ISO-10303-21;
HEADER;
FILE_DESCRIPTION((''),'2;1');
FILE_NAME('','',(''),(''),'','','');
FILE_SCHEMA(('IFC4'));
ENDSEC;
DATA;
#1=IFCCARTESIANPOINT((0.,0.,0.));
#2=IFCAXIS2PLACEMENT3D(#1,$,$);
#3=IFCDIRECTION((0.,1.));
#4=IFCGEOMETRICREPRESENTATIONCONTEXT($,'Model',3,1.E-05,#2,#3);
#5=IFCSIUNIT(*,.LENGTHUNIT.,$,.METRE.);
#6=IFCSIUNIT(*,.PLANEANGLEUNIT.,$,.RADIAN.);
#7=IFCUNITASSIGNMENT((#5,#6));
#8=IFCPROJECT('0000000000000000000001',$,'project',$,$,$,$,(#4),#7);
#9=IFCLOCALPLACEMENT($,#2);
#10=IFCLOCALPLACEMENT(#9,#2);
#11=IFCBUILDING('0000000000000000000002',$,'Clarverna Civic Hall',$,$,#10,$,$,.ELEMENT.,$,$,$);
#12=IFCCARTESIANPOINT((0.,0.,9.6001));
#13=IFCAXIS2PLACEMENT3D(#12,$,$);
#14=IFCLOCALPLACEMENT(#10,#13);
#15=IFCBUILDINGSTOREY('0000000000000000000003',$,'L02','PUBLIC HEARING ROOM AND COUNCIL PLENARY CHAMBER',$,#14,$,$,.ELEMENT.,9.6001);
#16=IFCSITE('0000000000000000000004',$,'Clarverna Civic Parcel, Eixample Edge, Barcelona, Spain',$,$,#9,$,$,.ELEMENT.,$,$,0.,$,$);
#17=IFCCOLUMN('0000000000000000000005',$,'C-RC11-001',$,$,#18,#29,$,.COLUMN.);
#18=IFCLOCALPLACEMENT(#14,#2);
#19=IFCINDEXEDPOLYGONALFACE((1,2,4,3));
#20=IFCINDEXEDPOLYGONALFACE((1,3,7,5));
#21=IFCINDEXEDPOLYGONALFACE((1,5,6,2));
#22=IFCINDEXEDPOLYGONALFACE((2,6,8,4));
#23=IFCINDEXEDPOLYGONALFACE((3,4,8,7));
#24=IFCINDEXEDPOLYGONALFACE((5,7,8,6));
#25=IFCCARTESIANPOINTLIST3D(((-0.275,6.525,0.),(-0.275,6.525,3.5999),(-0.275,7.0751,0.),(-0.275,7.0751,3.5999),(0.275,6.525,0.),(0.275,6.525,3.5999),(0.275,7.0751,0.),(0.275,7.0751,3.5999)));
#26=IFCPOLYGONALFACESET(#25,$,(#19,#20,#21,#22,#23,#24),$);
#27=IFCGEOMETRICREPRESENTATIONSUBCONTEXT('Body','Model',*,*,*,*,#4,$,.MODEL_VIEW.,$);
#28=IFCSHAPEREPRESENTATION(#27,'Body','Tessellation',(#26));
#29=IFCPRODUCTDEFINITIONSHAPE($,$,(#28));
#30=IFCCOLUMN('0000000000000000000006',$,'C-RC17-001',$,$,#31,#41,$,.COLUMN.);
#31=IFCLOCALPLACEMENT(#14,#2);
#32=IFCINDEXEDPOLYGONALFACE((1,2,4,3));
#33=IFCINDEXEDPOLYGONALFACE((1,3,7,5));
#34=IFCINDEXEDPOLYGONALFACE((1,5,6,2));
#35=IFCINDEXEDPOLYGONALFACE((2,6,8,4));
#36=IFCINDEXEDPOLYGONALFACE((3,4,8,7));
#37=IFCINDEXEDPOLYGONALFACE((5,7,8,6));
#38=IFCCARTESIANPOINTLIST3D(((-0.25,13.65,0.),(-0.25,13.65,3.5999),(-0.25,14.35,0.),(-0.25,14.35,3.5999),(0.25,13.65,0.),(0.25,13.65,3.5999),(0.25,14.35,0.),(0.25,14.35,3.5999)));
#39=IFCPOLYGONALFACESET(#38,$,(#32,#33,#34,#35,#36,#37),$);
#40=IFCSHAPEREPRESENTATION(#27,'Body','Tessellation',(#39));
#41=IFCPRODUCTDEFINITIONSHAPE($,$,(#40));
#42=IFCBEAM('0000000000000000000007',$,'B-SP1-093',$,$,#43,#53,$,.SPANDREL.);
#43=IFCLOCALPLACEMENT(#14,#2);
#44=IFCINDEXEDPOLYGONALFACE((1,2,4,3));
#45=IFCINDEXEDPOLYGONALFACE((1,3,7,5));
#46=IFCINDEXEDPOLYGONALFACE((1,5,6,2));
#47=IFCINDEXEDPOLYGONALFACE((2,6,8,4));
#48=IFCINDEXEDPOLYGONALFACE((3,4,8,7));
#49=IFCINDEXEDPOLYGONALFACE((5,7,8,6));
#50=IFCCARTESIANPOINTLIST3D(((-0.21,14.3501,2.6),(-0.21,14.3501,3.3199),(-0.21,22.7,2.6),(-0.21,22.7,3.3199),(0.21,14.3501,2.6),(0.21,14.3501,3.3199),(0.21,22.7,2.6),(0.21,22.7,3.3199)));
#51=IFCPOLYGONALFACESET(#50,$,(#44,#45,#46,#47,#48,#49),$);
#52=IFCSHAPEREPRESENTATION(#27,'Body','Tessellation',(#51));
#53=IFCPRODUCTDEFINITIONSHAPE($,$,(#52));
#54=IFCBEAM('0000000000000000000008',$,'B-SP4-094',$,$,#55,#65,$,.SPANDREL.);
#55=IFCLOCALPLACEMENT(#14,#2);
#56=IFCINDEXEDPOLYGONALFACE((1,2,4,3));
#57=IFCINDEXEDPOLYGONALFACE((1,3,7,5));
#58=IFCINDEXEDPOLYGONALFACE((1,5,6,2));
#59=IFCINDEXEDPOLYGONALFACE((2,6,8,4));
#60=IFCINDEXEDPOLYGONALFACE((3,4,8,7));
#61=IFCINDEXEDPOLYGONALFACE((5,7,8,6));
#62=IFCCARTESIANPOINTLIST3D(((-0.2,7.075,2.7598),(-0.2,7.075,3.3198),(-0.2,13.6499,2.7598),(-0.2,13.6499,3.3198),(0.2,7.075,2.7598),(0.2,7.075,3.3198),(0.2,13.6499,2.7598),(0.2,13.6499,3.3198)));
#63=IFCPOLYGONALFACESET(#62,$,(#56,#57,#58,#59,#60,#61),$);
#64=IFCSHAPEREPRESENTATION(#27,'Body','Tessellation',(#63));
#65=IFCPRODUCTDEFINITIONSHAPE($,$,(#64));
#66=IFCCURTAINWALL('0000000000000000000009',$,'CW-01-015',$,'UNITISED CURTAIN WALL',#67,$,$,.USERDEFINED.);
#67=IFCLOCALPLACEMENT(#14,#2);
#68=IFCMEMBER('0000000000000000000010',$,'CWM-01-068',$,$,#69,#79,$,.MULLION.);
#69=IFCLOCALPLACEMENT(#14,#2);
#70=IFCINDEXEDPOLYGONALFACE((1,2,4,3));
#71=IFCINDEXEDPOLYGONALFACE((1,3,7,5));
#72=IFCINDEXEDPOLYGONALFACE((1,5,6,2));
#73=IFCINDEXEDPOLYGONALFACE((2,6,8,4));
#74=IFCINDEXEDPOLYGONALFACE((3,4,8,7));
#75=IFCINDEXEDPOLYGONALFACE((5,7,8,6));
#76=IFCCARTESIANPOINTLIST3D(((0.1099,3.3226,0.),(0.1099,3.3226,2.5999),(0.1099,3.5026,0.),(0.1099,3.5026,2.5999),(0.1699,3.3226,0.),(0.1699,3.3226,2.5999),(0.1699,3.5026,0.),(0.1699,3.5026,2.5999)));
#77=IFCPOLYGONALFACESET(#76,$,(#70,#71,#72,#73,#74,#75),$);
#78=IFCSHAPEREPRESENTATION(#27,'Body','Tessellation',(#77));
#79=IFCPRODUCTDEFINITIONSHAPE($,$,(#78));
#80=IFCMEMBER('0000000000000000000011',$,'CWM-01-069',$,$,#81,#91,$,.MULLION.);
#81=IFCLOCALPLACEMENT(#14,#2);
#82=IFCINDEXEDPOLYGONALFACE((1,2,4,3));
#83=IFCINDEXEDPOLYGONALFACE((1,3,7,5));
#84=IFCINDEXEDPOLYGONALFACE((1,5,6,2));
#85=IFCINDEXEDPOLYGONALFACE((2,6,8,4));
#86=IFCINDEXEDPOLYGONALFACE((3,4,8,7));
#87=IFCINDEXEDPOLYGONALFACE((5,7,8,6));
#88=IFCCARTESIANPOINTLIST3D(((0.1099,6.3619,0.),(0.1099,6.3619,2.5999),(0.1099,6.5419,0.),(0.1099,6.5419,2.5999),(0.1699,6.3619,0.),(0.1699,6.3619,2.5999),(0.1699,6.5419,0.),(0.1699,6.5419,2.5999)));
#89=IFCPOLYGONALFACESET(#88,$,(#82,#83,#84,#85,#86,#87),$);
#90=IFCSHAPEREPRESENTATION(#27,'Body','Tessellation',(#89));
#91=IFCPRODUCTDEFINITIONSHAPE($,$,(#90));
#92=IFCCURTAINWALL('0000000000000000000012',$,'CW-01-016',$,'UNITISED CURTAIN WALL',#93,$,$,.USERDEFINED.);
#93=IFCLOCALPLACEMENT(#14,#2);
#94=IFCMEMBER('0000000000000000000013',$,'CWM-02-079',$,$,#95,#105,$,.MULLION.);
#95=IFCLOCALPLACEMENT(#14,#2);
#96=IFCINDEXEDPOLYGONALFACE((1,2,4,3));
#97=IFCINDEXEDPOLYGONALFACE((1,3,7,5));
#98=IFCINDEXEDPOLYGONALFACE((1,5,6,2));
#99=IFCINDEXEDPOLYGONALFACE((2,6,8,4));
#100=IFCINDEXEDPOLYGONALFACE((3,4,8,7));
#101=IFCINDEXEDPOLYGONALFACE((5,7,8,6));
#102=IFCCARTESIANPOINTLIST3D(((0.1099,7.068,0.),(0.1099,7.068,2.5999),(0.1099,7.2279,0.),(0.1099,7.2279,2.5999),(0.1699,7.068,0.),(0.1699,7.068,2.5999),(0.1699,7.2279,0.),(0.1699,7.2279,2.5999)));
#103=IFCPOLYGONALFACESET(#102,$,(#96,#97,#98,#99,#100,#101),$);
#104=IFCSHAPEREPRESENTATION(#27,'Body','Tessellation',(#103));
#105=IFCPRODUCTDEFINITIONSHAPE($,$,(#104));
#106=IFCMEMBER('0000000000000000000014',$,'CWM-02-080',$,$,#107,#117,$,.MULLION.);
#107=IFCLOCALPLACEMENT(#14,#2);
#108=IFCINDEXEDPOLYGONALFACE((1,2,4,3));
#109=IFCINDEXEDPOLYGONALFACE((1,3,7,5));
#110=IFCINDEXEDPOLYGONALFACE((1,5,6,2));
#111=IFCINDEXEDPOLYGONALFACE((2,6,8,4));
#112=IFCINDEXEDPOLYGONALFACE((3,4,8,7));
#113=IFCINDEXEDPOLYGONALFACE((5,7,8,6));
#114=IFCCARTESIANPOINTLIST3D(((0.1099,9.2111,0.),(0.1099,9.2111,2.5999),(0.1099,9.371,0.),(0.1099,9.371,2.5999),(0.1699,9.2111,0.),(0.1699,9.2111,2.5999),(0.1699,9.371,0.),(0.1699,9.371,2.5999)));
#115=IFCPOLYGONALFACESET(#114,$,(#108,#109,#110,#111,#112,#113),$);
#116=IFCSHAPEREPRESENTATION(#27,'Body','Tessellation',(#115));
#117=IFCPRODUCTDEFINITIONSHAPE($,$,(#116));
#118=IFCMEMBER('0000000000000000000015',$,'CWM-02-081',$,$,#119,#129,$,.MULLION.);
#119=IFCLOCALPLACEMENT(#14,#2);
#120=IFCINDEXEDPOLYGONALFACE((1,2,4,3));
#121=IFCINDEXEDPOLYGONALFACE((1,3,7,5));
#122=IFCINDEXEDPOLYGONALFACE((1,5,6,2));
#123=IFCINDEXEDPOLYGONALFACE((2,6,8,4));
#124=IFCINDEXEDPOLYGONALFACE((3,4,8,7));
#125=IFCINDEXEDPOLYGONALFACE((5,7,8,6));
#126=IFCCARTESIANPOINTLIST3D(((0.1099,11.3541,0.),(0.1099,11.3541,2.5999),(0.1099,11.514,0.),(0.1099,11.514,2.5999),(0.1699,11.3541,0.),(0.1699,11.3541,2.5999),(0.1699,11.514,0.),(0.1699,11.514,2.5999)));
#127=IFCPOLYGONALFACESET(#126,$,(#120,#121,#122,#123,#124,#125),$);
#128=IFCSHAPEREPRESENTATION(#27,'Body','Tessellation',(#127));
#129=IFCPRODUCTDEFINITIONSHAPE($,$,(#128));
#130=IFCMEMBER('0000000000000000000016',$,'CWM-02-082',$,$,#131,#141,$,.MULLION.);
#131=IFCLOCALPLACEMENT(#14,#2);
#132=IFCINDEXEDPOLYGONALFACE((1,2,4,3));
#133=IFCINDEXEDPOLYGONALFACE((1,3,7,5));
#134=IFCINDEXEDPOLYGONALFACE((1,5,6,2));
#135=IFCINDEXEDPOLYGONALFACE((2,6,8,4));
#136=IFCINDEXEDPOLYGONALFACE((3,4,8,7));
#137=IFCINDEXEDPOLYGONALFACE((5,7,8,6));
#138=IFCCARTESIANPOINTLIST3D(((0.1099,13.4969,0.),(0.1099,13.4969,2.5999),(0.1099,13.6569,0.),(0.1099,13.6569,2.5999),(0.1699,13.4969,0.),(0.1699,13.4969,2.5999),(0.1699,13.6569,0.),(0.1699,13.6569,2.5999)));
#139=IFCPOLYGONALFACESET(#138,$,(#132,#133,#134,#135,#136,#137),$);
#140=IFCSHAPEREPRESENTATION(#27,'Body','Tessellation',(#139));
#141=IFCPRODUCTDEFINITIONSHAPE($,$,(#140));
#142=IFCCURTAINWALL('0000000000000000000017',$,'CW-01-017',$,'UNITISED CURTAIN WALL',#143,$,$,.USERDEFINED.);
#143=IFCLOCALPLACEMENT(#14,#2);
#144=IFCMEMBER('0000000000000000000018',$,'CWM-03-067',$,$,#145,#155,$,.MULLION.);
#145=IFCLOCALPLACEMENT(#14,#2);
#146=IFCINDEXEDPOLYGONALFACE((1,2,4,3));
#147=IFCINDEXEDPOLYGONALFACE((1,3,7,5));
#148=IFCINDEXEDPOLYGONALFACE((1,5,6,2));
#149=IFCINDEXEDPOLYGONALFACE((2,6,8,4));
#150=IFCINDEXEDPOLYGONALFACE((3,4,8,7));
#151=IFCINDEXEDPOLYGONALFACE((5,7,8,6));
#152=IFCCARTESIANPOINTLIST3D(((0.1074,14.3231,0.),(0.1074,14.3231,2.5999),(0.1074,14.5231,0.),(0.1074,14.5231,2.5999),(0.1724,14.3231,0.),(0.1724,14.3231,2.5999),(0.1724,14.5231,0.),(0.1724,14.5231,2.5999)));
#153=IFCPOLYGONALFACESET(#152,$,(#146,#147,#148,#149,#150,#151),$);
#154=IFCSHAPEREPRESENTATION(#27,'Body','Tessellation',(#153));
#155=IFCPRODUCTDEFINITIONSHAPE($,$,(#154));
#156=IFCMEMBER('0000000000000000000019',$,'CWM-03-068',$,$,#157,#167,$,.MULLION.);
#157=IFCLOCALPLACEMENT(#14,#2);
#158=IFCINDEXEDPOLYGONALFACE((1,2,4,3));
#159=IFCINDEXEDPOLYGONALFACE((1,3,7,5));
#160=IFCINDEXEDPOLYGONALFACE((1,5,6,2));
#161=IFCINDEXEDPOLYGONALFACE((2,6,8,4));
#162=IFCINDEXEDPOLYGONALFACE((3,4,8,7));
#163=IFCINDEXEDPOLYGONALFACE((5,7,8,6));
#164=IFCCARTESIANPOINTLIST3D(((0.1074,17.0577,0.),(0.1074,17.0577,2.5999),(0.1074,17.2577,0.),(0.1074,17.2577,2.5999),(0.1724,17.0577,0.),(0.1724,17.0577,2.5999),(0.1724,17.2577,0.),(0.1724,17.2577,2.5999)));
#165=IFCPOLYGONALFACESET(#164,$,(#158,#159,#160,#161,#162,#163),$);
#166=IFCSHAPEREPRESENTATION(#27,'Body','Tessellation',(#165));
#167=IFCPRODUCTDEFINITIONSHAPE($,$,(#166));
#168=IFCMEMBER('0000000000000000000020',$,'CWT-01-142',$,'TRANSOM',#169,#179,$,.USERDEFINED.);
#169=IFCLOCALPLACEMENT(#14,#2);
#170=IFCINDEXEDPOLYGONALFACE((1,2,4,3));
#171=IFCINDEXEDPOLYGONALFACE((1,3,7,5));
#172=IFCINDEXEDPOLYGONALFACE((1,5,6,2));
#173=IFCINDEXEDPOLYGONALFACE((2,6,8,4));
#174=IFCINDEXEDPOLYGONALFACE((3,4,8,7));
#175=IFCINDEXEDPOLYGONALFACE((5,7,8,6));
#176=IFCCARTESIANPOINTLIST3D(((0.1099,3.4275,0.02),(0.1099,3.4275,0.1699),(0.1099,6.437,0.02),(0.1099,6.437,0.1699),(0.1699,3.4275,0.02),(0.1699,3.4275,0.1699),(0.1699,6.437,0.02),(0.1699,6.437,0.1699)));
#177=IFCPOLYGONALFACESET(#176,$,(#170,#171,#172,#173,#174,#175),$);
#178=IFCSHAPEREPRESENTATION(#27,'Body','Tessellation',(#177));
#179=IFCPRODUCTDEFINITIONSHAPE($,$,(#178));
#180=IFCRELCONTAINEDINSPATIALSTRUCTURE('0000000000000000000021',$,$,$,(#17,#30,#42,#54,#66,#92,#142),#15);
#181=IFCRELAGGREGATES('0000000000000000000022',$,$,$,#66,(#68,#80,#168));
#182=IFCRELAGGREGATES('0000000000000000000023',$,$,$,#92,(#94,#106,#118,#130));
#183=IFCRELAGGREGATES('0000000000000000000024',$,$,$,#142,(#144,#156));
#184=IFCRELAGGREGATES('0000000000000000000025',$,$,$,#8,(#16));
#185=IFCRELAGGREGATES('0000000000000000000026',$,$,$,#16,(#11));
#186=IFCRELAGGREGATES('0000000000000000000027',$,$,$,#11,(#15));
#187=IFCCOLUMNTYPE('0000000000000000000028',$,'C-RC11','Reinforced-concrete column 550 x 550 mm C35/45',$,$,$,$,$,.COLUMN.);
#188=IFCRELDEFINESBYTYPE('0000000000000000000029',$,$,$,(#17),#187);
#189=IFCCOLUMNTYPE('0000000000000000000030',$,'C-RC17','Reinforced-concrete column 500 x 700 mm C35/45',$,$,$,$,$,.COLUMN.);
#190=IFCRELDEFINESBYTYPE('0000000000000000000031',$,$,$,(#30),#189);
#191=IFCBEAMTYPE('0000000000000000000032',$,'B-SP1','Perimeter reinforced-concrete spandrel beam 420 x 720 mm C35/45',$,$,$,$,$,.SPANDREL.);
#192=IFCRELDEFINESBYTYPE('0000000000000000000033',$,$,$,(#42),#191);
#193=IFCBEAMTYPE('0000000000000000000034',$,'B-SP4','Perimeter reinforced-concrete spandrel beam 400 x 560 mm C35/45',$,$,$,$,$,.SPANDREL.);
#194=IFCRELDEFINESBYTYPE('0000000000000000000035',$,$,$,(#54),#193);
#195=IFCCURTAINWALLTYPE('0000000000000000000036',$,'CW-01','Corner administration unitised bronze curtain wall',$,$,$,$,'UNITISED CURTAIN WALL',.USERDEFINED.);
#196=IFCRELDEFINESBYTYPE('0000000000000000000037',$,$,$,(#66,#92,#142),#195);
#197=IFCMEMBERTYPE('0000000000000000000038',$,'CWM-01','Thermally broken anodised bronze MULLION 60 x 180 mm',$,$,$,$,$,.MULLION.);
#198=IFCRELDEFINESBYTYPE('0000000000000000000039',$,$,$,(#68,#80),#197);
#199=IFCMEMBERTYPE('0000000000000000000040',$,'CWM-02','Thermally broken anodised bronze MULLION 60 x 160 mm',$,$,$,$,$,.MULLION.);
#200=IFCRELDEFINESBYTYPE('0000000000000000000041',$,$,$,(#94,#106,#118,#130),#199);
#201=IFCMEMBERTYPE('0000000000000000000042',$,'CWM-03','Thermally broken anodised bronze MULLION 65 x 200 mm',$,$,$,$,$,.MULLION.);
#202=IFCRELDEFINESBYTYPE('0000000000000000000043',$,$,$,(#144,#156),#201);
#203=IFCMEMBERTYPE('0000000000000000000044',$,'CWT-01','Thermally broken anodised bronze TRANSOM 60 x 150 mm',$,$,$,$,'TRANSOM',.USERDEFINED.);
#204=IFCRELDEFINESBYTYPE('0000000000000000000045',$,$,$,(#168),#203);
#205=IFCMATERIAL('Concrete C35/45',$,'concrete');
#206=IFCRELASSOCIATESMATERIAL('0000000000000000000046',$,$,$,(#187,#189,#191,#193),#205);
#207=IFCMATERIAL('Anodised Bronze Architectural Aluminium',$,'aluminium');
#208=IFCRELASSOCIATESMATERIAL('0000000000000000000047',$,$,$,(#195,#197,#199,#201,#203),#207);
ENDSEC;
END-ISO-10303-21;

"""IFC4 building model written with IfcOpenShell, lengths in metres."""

from ifc_helpers import new_model, si_unit, direction, frame, origin, origin_2d, place, context, subcontext, project, spatial, rectangle, extrude, material, material_profile, profile_set, type_object, element, aggregate, save


model = new_model("IFC4")

# Units and contexts
model_context = context("Model", 3, precision=1e-05, world=origin(), true_north=direction((0.0, 1.0)))
body_context = subcontext(model_context, "Body", "Model", "MODEL_VIEW")
ifc_project = project(units=[si_unit("LENGTHUNIT", "METRE"), si_unit("PLANEANGLEUNIT", "RADIAN")], contexts=[model_context])

# Site, building, storey
site_placement = place(None, origin())
site = spatial("IfcSite", under=ifc_project, at=site_placement, Name="Clarverna Civic Parcel, Eixample Edge, Barcelona, Spain", CompositionType="ELEMENT", RefElevation=0.0)
building_placement = place(site_placement, origin())
building = spatial("IfcBuilding", under=site, at=building_placement, Name="Clarverna Civic Hall", CompositionType="ELEMENT")
storey_placement = place(building_placement, frame((0.0, 0.0, 9.6001)))
storey = spatial("IfcBuildingStorey", under=building, at=storey_placement, Name="L02", Description="PUBLIC HEARING ROOM AND COUNCIL PLENARY CHAMBER", CompositionType="ELEMENT", Elevation=9.6001)

# Columns
ifc_material_1 = material(Name="Concrete C35/45", Category="concrete")
ifc_material_profile_1 = material_profile(ifc_material_1, rectangle(XDim=0.55, YDim=0.55, at=origin_2d()), Name="RC 550x550")
ifc_profile_set_1 = profile_set([ifc_material_profile_1], Name="Concrete C35/45")
column_type_1 = type_object("IfcColumnType", Name="C-RC11", Description="Reinforced-concrete column 550 x 550 mm C35/45", PredefinedType="COLUMN", material=ifc_profile_set_1)
column_1_placement = place(storey_placement, frame((0.0, 6.8, 0.0), z_axis=(0.0, 0.0, 1.0), x_axis=(1.0, 0.0, 0.0)))
element("IfcColumn", 1, at=column_1_placement, inside=storey, type_object=column_type_1, Name="C-RC11-001", PredefinedType="COLUMN", context=body_context, shape_type="SweptSolid", body=[
    extrude(rectangle(XDim=0.55, YDim=0.55, at=origin_2d()), origin(), (0.0, 0.0, 1.0), 3.5999),
])
ifc_material_profile_2 = material_profile(ifc_material_1, rectangle(XDim=0.5, YDim=0.7, at=origin_2d()), Name="RC 500x700")
ifc_profile_set_2 = profile_set([ifc_material_profile_2], Name="Concrete C35/45")
column_type_2 = type_object("IfcColumnType", Name="C-RC17", Description="Reinforced-concrete column 500 x 700 mm C35/45", PredefinedType="COLUMN", material=ifc_profile_set_2)
column_2_placement = place(storey_placement, frame((0.0, 14.0, 0.0), z_axis=(0.0, 0.0, 1.0), x_axis=(1.0, 0.0, 0.0)))
element("IfcColumn", 2, at=column_2_placement, inside=storey, type_object=column_type_2, Name="C-RC17-001", PredefinedType="COLUMN", context=body_context, shape_type="SweptSolid", body=[
    extrude(rectangle(XDim=0.5, YDim=0.7, at=origin_2d()), origin(), (0.0, 0.0, 1.0), 3.5999),
])

# Beams
ifc_material_profile_3 = material_profile(ifc_material_1, rectangle(XDim=0.4199, YDim=0.72, at=origin_2d()), Name="RC 420x720")
ifc_profile_set_3 = profile_set([ifc_material_profile_3], Name="Concrete C35/45")
beam_type_1 = type_object("IfcBeamType", Name="B-SP1", Description="Perimeter reinforced-concrete spandrel beam 420 x 720 mm C35/45", PredefinedType="SPANDREL", material=ifc_profile_set_3)
beam_1_placement = place(storey_placement, frame((0.0, 14.3501, 2.96), z_axis=(0.0, 1.0, 0.0), x_axis=(-1.0, 0.0, 0.0)))
element("IfcBeam", 3, at=beam_1_placement, inside=storey, type_object=beam_type_1, Name="B-SP1-093", PredefinedType="SPANDREL", context=body_context, shape_type="SweptSolid", body=[
    extrude(rectangle(XDim=0.4199, YDim=0.72, at=origin_2d()), origin(), (0.0, 0.0, 1.0), 8.3499),
])
ifc_material_profile_4 = material_profile(ifc_material_1, rectangle(XDim=0.3999, YDim=0.5601, at=origin_2d()), Name="RC 400x560")
ifc_profile_set_4 = profile_set([ifc_material_profile_4], Name="Concrete C35/45")
beam_type_2 = type_object("IfcBeamType", Name="B-SP4", Description="Perimeter reinforced-concrete spandrel beam 400 x 560 mm C35/45", PredefinedType="SPANDREL", material=ifc_profile_set_4)
beam_2_placement = place(storey_placement, frame((0.0, 7.075, 3.0398), z_axis=(0.0, 1.0, 0.0), x_axis=(-1.0, 0.0, 0.0)))
element("IfcBeam", 4, at=beam_2_placement, inside=storey, type_object=beam_type_2, Name="B-SP4-094", PredefinedType="SPANDREL", context=body_context, shape_type="SweptSolid", body=[
    extrude(rectangle(XDim=0.3999, YDim=0.5601, at=origin_2d()), origin(), (0.0, 0.0, 1.0), 6.575),
])

# Curtain walls, members
ifc_material_2 = material(Name="Anodised Bronze Architectural Aluminium", Category="aluminium")
curtain_wall_type = type_object("IfcCurtainWallType", Name="CW-01", Description="Corner administration unitised bronze curtain wall", ElementType="UNITISED CURTAIN WALL", PredefinedType="USERDEFINED", material=ifc_material_2)
curtain_wall_1_placement = place(storey_placement, origin())
curtain_wall_1 = element("IfcCurtainWall", 5, at=curtain_wall_1_placement, inside=storey, type_object=curtain_wall_type, Name="CW-01-015", ObjectType="UNITISED CURTAIN WALL", PredefinedType="USERDEFINED")
ifc_material_profile_5 = material_profile(ifc_material_2, rectangle(XDim=0.0601, YDim=0.1799, at=origin_2d()), Name="BRONZE 60x180")
ifc_profile_set_5 = profile_set([ifc_material_profile_5], Name="Anodised Bronze Architectural Aluminium")
member_type_1 = type_object("IfcMemberType", Name="CWM-01", Description="Thermally broken anodised bronze MULLION 60 x 180 mm", PredefinedType="MULLION", material=ifc_profile_set_5)
member_1_placement = place(storey_placement, frame((0.1399, 3.4126, 0.0), z_axis=(0.0, 0.0, 1.0), x_axis=(1.0, 0.0, 0.0)))
member_1 = element("IfcMember", 6, at=member_1_placement, type_object=member_type_1, Name="CWM-01-068", PredefinedType="MULLION", context=body_context, shape_type="SweptSolid", body=[
    extrude(rectangle(XDim=0.0601, YDim=0.1799, at=origin_2d()), origin(), (0.0, 0.0, 1.0), 2.5999),
])
member_2_placement = place(storey_placement, frame((0.1399, 6.4519, 0.0), z_axis=(0.0, 0.0, 1.0), x_axis=(1.0, 0.0, 0.0)))
member_2 = element("IfcMember", 7, at=member_2_placement, type_object=member_type_1, Name="CWM-01-069", PredefinedType="MULLION", context=body_context, shape_type="SweptSolid", body=[
    extrude(rectangle(XDim=0.0601, YDim=0.1799, at=origin_2d()), origin(), (0.0, 0.0, 1.0), 2.5999),
])
curtain_wall_2_placement = place(storey_placement, origin())
curtain_wall_2 = element("IfcCurtainWall", 8, at=curtain_wall_2_placement, inside=storey, type_object=curtain_wall_type, Name="CW-01-016", ObjectType="UNITISED CURTAIN WALL", PredefinedType="USERDEFINED")
ifc_material_profile_6 = material_profile(ifc_material_2, rectangle(XDim=0.0601, YDim=0.1599, at=origin_2d()), Name="BRONZE 60x160")
ifc_profile_set_6 = profile_set([ifc_material_profile_6], Name="Anodised Bronze Architectural Aluminium")
member_type_2 = type_object("IfcMemberType", Name="CWM-02", Description="Thermally broken anodised bronze MULLION 60 x 160 mm", PredefinedType="MULLION", material=ifc_profile_set_6)
member_3_placement = place(storey_placement, frame((0.1399, 7.1479, 0.0), z_axis=(0.0, 0.0, 1.0), x_axis=(1.0, 0.0, 0.0)))
member_3 = element("IfcMember", 9, at=member_3_placement, type_object=member_type_2, Name="CWM-02-079", PredefinedType="MULLION", context=body_context, shape_type="SweptSolid", body=[
    extrude(rectangle(XDim=0.0601, YDim=0.1599, at=origin_2d()), origin(), (0.0, 0.0, 1.0), 2.5999),
])
member_4_placement = place(storey_placement, frame((0.1399, 9.291, 0.0), z_axis=(0.0, 0.0, 1.0), x_axis=(1.0, 0.0, 0.0)))
member_4 = element("IfcMember", 10, at=member_4_placement, type_object=member_type_2, Name="CWM-02-080", PredefinedType="MULLION", context=body_context, shape_type="SweptSolid", body=[
    extrude(rectangle(XDim=0.0601, YDim=0.1599, at=origin_2d()), origin(), (0.0, 0.0, 1.0), 2.5999),
])
member_5_placement = place(storey_placement, frame((0.1399, 11.4341, 0.0), z_axis=(0.0, 0.0, 1.0), x_axis=(1.0, 0.0, 0.0)))
member_5 = element("IfcMember", 11, at=member_5_placement, type_object=member_type_2, Name="CWM-02-081", PredefinedType="MULLION", context=body_context, shape_type="SweptSolid", body=[
    extrude(rectangle(XDim=0.0601, YDim=0.1599, at=origin_2d()), origin(), (0.0, 0.0, 1.0), 2.5999),
])
member_6_placement = place(storey_placement, frame((0.1399, 13.5769, 0.0), z_axis=(0.0, 0.0, 1.0), x_axis=(1.0, 0.0, 0.0)))
member_6 = element("IfcMember", 12, at=member_6_placement, type_object=member_type_2, Name="CWM-02-082", PredefinedType="MULLION", context=body_context, shape_type="SweptSolid", body=[
    extrude(rectangle(XDim=0.0601, YDim=0.1599, at=origin_2d()), origin(), (0.0, 0.0, 1.0), 2.5999),
])
curtain_wall_3_placement = place(storey_placement, origin())
curtain_wall_3 = element("IfcCurtainWall", 13, at=curtain_wall_3_placement, inside=storey, type_object=curtain_wall_type, Name="CW-01-017", ObjectType="UNITISED CURTAIN WALL", PredefinedType="USERDEFINED")
ifc_material_profile_7 = material_profile(ifc_material_2, rectangle(XDim=0.0649, YDim=0.2, at=origin_2d()), Name="BRONZE 65x200")
ifc_profile_set_7 = profile_set([ifc_material_profile_7], Name="Anodised Bronze Architectural Aluminium")
member_type_3 = type_object("IfcMemberType", Name="CWM-03", Description="Thermally broken anodised bronze MULLION 65 x 200 mm", PredefinedType="MULLION", material=ifc_profile_set_7)
member_7_placement = place(storey_placement, frame((0.1399, 14.4231, 0.0), z_axis=(0.0, 0.0, 1.0), x_axis=(1.0, 0.0, 0.0)))
member_7 = element("IfcMember", 14, at=member_7_placement, type_object=member_type_3, Name="CWM-03-067", PredefinedType="MULLION", context=body_context, shape_type="SweptSolid", body=[
    extrude(rectangle(XDim=0.0649, YDim=0.2, at=origin_2d()), origin(), (0.0, 0.0, 1.0), 2.5999),
])
member_8_placement = place(storey_placement, frame((0.1399, 17.1577, 0.0), z_axis=(0.0, 0.0, 1.0), x_axis=(1.0, 0.0, 0.0)))
member_8 = element("IfcMember", 15, at=member_8_placement, type_object=member_type_3, Name="CWM-03-068", PredefinedType="MULLION", context=body_context, shape_type="SweptSolid", body=[
    extrude(rectangle(XDim=0.0649, YDim=0.2, at=origin_2d()), origin(), (0.0, 0.0, 1.0), 2.5999),
])

# Member
ifc_material_profile_8 = material_profile(ifc_material_2, rectangle(XDim=0.0601, YDim=0.1499, at=origin_2d()), Name="BRONZE 60x150")
ifc_profile_set_8 = profile_set([ifc_material_profile_8], Name="Anodised Bronze Architectural Aluminium")
member_type_4 = type_object("IfcMemberType", Name="CWT-01", Description="Thermally broken anodised bronze TRANSOM 60 x 150 mm", ElementType="TRANSOM", PredefinedType="USERDEFINED", material=ifc_profile_set_8)
member_9_placement = place(storey_placement, frame((0.1399, 3.4275, 0.095), z_axis=(0.0, 1.0, 0.0), x_axis=(-1.0, 0.0, 0.0)))
member_9 = element("IfcMember", 16, at=member_9_placement, type_object=member_type_4, Name="CWT-01-142", ObjectType="TRANSOM", PredefinedType="USERDEFINED", context=body_context, shape_type="SweptSolid", body=[
    extrude(rectangle(XDim=0.0601, YDim=0.1499, at=origin_2d()), origin(), (0.0, 0.0, 1.0), 3.0095),
])

aggregate(curtain_wall_1, [member_1, member_2, member_9])
aggregate(curtain_wall_2, [member_3, member_4, member_5, member_6])
aggregate(curtain_wall_3, [member_7, member_8])

save(model, "model.ifc")
